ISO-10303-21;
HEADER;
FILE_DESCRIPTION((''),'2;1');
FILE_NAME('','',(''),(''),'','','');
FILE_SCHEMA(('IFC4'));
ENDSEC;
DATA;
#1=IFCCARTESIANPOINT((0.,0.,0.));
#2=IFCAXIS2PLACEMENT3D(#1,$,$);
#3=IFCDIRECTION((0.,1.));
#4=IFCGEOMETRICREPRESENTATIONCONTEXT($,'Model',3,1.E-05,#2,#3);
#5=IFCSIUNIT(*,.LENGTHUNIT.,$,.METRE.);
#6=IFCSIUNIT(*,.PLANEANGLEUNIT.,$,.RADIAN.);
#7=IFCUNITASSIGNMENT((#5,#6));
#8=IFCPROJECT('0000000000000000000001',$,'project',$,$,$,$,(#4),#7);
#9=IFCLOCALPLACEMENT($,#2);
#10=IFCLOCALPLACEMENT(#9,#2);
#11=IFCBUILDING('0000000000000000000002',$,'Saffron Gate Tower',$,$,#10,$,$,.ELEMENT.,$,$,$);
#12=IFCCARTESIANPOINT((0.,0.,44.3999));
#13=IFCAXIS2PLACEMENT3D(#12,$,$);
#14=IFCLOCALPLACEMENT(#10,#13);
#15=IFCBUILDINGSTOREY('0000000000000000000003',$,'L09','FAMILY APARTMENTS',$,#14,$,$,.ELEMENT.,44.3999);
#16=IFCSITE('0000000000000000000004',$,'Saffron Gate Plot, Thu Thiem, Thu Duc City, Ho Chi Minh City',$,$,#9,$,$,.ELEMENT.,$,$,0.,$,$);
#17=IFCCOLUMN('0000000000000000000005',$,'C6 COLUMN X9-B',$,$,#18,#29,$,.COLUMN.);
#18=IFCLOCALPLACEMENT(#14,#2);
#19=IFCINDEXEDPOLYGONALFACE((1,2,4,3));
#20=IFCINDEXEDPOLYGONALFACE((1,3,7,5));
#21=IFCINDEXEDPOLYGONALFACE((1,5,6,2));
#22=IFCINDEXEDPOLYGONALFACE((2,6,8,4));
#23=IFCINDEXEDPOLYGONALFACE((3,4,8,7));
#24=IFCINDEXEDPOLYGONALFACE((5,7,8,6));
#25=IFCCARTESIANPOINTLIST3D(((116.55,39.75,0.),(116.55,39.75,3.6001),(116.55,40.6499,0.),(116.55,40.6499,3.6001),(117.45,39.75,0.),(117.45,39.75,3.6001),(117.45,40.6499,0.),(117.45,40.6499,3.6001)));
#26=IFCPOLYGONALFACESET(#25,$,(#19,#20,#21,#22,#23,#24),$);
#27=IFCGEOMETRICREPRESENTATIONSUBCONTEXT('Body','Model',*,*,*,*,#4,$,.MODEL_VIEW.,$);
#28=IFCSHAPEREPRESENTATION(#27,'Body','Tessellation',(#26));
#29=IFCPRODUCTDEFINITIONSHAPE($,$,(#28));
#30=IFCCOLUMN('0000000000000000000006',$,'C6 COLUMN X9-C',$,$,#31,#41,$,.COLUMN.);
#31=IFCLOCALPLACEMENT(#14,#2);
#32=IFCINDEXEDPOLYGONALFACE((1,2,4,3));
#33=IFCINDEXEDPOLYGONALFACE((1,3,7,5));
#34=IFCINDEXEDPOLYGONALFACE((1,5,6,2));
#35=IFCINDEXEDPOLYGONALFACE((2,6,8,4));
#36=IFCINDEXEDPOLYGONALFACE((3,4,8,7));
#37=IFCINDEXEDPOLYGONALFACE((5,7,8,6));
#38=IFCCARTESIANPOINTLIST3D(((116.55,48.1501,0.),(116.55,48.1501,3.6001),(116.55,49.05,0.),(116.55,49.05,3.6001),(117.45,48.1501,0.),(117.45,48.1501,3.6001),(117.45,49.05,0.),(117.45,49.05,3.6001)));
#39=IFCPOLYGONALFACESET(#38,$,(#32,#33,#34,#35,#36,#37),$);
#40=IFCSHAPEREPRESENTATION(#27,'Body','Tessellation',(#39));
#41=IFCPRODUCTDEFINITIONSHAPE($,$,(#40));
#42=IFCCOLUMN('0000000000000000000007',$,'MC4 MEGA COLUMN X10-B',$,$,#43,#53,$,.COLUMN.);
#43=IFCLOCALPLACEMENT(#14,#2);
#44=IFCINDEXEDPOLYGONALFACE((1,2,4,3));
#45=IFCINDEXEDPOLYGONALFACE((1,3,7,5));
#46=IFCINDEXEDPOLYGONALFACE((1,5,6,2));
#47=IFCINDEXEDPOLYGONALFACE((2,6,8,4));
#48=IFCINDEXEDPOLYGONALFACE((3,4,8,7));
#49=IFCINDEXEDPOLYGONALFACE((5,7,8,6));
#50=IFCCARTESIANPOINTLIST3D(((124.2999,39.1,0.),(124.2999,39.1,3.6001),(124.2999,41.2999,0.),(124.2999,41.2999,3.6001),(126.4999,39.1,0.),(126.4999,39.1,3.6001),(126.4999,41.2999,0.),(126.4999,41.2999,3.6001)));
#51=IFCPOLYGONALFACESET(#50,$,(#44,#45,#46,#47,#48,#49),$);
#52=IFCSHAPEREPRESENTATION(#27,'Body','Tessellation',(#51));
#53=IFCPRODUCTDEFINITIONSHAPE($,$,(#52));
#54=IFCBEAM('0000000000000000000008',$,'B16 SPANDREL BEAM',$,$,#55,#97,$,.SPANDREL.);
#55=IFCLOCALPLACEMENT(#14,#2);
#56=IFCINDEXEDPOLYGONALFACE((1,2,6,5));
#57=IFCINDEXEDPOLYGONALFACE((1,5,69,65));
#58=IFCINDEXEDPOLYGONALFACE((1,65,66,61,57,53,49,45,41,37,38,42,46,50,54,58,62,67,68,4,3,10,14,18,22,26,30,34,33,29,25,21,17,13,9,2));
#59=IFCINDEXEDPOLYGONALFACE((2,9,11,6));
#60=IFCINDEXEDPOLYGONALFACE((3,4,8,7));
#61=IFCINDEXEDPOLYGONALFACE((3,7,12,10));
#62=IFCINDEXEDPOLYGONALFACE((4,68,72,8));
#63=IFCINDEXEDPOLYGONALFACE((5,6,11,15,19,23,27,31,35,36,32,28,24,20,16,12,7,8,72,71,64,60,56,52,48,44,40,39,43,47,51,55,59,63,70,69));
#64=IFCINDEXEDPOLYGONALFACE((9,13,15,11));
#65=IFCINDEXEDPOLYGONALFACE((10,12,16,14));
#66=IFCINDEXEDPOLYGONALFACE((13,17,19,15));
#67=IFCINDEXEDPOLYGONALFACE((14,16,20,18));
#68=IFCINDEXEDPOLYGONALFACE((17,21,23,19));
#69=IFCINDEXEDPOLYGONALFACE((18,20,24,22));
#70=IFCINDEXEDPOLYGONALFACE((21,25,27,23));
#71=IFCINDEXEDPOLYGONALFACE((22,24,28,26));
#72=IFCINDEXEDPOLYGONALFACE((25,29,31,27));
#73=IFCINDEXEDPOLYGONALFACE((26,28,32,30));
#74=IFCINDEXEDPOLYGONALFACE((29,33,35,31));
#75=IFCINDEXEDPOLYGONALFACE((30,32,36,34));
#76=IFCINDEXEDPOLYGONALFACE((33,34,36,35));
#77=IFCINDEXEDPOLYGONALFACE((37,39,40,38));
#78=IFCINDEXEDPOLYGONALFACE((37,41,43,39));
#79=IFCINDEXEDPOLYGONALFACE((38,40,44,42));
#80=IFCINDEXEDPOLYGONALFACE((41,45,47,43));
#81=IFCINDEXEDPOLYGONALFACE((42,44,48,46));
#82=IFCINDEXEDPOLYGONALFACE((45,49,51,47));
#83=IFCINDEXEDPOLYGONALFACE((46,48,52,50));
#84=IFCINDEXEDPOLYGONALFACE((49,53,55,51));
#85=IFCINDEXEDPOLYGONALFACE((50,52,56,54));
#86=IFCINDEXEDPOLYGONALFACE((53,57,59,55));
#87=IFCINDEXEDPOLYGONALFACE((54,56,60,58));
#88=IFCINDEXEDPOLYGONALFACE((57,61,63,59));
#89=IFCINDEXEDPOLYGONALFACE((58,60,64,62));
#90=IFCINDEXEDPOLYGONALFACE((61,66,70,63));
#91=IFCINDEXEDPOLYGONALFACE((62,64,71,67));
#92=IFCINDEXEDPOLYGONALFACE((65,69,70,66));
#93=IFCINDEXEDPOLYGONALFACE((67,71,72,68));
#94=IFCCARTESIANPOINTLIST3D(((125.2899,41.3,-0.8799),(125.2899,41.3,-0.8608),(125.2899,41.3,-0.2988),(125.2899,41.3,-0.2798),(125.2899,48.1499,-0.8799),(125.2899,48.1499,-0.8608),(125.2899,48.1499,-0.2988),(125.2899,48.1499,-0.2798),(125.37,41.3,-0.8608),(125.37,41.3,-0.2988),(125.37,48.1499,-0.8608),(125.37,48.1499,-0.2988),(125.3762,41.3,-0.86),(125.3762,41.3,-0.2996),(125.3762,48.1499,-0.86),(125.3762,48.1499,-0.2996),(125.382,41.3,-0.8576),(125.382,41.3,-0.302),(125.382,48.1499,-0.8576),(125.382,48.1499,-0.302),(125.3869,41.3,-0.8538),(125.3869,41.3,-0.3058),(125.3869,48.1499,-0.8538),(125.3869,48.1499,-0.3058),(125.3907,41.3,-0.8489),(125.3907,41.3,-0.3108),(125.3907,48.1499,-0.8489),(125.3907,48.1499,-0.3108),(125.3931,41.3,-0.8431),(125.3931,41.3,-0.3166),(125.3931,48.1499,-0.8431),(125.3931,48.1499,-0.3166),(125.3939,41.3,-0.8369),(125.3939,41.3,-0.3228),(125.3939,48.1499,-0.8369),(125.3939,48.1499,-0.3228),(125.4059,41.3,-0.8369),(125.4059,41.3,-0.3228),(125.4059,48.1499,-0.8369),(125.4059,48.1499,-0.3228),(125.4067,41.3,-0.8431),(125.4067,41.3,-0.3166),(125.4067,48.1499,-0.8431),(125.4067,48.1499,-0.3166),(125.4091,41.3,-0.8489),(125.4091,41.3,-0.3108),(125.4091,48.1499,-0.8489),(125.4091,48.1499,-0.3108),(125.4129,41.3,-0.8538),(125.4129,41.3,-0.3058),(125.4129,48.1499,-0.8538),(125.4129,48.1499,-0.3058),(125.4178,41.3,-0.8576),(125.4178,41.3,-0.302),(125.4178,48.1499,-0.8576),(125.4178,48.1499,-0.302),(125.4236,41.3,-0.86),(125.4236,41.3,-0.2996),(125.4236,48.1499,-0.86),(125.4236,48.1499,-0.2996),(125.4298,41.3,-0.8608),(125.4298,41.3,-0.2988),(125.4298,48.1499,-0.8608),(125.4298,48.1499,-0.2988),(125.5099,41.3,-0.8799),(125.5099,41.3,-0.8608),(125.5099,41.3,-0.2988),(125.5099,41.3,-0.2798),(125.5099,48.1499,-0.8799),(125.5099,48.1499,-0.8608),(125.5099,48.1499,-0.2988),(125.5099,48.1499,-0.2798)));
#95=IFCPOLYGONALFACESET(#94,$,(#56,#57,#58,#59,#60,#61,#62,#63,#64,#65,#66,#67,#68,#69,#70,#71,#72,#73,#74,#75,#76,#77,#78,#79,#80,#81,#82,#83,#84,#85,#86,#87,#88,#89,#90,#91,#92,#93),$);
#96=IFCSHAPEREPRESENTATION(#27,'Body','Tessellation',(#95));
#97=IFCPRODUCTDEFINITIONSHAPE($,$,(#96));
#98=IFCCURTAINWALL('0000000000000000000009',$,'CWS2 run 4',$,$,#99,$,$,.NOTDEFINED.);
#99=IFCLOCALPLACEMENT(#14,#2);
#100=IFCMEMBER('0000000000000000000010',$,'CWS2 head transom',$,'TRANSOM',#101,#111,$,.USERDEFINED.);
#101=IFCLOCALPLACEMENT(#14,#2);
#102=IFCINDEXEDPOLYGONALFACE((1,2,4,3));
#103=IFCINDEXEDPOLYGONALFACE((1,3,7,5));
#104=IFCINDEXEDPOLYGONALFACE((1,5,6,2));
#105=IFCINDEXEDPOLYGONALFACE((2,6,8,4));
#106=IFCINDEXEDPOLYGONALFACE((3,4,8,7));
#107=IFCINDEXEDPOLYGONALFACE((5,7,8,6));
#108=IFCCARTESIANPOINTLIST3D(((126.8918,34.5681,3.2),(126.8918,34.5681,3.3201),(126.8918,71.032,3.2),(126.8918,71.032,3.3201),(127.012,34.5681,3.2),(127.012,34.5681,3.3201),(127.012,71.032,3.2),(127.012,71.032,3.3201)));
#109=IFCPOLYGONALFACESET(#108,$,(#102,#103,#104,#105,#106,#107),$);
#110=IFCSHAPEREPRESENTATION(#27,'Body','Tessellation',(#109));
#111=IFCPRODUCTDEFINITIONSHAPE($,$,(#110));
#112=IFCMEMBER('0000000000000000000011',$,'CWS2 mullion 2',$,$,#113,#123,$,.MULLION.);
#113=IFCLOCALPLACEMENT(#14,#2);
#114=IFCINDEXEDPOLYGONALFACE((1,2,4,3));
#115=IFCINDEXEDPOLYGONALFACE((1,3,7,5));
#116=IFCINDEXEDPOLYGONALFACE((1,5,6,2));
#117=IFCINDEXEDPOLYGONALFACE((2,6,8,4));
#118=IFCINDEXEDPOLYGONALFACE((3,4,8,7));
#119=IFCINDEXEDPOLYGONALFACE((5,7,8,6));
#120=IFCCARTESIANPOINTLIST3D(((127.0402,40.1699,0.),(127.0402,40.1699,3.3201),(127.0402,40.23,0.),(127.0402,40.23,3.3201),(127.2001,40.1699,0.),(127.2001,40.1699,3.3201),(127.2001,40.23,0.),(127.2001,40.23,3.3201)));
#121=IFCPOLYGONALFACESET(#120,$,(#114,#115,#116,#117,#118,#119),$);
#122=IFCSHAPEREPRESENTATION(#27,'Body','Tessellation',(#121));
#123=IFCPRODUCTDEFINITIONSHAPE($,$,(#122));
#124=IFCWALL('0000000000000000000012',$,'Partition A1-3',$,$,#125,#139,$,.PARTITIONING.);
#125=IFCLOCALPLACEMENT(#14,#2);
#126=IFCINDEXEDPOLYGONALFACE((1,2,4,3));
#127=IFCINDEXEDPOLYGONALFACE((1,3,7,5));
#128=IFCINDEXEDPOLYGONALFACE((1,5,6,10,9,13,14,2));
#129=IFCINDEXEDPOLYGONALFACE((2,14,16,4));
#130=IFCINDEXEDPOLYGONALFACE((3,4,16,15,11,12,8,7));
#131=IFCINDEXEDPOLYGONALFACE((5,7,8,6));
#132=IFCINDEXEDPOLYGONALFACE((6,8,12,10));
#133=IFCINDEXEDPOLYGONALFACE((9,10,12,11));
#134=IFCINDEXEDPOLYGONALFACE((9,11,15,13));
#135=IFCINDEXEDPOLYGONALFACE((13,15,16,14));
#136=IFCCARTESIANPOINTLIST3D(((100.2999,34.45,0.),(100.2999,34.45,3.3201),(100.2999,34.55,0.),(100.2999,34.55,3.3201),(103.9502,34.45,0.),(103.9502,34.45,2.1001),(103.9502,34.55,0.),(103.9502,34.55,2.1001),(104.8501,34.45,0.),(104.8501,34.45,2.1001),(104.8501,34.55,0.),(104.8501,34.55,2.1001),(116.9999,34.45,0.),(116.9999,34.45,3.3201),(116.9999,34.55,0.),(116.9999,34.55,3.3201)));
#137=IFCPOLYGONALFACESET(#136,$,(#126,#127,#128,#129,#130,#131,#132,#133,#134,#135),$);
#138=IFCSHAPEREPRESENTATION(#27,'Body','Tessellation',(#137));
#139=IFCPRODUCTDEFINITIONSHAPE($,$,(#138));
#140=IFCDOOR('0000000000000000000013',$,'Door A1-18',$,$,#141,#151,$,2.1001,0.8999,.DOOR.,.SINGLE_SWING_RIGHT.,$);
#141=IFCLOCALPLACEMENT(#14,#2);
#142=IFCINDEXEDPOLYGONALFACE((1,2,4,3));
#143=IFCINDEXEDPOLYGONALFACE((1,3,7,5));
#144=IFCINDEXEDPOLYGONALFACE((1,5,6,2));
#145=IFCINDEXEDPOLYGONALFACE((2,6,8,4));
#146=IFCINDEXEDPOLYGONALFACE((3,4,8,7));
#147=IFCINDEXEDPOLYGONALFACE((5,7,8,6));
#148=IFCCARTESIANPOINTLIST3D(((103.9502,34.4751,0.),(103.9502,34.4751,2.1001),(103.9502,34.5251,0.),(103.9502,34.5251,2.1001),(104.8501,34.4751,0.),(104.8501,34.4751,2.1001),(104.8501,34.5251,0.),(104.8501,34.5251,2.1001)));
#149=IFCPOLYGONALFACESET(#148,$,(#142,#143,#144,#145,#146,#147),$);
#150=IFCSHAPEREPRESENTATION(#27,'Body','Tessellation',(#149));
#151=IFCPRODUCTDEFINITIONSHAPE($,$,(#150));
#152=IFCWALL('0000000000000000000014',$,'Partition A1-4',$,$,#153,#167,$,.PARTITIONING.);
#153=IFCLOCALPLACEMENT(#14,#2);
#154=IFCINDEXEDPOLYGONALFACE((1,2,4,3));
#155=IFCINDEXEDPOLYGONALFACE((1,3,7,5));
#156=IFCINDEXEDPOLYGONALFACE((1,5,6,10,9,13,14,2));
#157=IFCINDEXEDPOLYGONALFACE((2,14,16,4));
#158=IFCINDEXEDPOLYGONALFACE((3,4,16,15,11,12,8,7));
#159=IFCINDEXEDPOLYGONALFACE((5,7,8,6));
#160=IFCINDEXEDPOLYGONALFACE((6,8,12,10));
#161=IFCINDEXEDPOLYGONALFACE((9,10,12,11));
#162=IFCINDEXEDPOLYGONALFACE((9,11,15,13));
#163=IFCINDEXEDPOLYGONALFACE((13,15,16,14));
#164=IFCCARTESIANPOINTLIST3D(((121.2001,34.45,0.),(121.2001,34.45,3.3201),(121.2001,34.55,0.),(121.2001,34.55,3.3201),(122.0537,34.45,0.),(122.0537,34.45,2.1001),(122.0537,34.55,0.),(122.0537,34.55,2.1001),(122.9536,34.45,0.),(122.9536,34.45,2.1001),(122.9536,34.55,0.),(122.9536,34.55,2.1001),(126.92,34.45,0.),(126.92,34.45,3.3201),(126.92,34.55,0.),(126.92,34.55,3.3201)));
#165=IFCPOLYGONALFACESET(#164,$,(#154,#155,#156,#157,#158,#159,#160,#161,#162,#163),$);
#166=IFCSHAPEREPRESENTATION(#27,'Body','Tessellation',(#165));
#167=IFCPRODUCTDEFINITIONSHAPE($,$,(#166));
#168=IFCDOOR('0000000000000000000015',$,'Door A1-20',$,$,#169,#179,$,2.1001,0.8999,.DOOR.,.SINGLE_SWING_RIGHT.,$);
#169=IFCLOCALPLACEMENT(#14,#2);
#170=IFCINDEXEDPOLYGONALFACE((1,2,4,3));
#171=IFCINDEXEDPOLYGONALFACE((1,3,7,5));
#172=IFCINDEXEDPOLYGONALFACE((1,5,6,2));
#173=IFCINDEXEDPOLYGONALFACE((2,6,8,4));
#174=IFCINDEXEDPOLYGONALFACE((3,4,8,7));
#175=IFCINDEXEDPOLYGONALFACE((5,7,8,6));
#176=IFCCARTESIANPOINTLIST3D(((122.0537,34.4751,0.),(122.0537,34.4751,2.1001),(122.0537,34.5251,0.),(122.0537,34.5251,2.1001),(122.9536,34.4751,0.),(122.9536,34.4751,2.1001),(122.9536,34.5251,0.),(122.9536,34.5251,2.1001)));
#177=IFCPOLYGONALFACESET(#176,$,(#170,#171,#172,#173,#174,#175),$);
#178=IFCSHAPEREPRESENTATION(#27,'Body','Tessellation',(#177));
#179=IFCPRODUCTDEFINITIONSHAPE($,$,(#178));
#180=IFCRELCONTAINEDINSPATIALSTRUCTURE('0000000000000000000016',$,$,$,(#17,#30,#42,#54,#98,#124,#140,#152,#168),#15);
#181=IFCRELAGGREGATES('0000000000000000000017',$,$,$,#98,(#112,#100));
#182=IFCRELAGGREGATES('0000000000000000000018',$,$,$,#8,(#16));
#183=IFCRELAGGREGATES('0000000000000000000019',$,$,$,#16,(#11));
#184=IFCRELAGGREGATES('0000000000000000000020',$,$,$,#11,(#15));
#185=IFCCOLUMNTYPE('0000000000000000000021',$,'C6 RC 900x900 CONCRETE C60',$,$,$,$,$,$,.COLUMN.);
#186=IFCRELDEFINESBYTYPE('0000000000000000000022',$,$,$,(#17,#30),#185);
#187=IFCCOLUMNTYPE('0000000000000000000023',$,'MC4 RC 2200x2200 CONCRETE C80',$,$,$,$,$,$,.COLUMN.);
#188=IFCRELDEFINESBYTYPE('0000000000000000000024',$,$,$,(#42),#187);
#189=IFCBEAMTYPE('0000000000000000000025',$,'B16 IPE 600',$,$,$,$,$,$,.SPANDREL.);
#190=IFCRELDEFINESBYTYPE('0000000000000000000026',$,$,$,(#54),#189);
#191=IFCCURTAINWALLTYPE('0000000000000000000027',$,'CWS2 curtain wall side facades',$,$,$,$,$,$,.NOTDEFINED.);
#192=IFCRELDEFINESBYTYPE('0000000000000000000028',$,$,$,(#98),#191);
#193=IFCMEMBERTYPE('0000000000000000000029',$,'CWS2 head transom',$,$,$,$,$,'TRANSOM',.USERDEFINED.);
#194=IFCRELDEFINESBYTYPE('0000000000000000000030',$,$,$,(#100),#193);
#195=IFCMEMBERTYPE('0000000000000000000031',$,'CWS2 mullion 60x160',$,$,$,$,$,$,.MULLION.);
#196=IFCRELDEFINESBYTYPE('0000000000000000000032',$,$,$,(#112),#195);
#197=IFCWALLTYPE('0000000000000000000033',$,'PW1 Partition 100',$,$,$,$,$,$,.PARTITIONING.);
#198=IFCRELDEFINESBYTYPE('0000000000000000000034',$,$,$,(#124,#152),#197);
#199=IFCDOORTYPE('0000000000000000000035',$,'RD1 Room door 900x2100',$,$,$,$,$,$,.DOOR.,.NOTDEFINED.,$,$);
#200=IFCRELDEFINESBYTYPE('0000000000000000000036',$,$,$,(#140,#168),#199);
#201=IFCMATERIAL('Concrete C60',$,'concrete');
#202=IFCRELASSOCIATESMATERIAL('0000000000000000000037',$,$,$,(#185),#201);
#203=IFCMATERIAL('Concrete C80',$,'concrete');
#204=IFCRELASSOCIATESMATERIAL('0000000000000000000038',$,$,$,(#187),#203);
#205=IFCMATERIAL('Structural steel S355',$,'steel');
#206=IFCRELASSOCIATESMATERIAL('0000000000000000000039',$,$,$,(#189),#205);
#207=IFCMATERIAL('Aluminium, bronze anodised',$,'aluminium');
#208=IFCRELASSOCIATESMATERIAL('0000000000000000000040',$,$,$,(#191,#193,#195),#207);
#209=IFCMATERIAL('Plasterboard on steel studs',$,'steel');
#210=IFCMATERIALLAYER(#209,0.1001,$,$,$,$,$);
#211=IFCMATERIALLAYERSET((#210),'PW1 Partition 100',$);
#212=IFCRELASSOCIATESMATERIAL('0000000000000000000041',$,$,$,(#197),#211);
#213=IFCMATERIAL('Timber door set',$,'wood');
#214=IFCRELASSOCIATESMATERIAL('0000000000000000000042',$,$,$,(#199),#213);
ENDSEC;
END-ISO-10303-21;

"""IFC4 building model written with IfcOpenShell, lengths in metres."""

from ifc_helpers import new_model, si_unit, direction, frame, frame_2d, origin, origin_2d, place, context, subcontext, project, spatial, rectangle, i_section, extrude, material, layer, layer_set, material_profile, profile_set, type_object, element, fill, aggregate, save


model = new_model("IFC4")

# Units and contexts
model_context = context("Model", 3, precision=1e-05, world=origin(), true_north=direction((0.0, 1.0)))
body_context = subcontext(model_context, "Body", "Model", "MODEL_VIEW")
ifc_project = project(units=[si_unit("LENGTHUNIT", "METRE"), si_unit("PLANEANGLEUNIT", "RADIAN")], contexts=[model_context])

# Site, building, storey
site_placement = place(None, origin())
site = spatial("IfcSite", under=ifc_project, at=site_placement, Name="Saffron Gate Plot, Thu Thiem, Thu Duc City, Ho Chi Minh City", CompositionType="ELEMENT", RefElevation=0.0)
building_placement = place(site_placement, origin())
building = spatial("IfcBuilding", under=site, at=building_placement, Name="Saffron Gate Tower", CompositionType="ELEMENT")
storey_placement = place(building_placement, frame((0.0, 0.0, 44.3999)))
storey = spatial("IfcBuildingStorey", under=building, at=storey_placement, Name="L09", Description="FAMILY APARTMENTS", CompositionType="ELEMENT", Elevation=44.3999)

# Columns
ifc_material_1 = material(Name="Concrete C60", Category="concrete")
ifc_material_profile_1 = material_profile(ifc_material_1, rectangle(XDim=0.8999, YDim=0.8999, at=origin_2d()))
ifc_profile_set_1 = profile_set([ifc_material_profile_1], Name="Concrete C60")
column_type_1 = type_object("IfcColumnType", Name="C6 RC 900x900 CONCRETE C60", PredefinedType="COLUMN", material=ifc_profile_set_1)
for number, where, z_axis, x_axis, name in (
    (1, (117.0, 40.2, 0.0), (0.0, 0.0, 1.0), (1.0, 0.0, 0.0), "C6 COLUMN X9-B"),
    (2, (117.0, 48.6001, 0.0), (0.0, 0.0, 1.0), (1.0, 0.0, 0.0), "C6 COLUMN X9-C"),
):
    element("IfcColumn", number, at=place(storey_placement, frame(where, z_axis=z_axis, x_axis=x_axis)), inside=storey, type_object=column_type_1, Name=name, PredefinedType="COLUMN", context=body_context, shape_type="SweptSolid", body=[
        extrude(rectangle(XDim=0.8999, YDim=0.8999, at=origin_2d()), origin(), (0.0, 0.0, 1.0), 3.6001),
    ])
ifc_material_2 = material(Name="Concrete C80", Category="concrete")
ifc_material_profile_2 = material_profile(ifc_material_2, rectangle(XDim=2.2, YDim=2.2, at=origin_2d()))
ifc_profile_set_2 = profile_set([ifc_material_profile_2], Name="Concrete C80")
column_type_2 = type_object("IfcColumnType", Name="MC4 RC 2200x2200 CONCRETE C80", PredefinedType="COLUMN", material=ifc_profile_set_2)
column_placement = place(storey_placement, frame((125.3999, 40.2, 0.0), z_axis=(0.0, 0.0, 1.0), x_axis=(1.0, 0.0, 0.0)))
element("IfcColumn", 3, at=column_placement, inside=storey, type_object=column_type_2, Name="MC4 MEGA COLUMN X10-B", PredefinedType="COLUMN", context=body_context, shape_type="SweptSolid", body=[
    extrude(rectangle(XDim=2.2, YDim=2.2, at=origin_2d()), origin(), (0.0, 0.0, 1.0), 3.6001),
])

# Beam
ifc_material_3 = material(Name="Structural steel S355", Category="steel")
ifc_material_profile_3 = material_profile(ifc_material_3, i_section(OverallWidth=0.22, OverallDepth=0.6001, WebThickness=0.012, FlangeThickness=0.019, FilletRadius=0.0239, at=origin_2d()))
ifc_profile_set_3 = profile_set([ifc_material_profile_3], Name="Structural steel S355")
beam_type = type_object("IfcBeamType", Name="B16 IPE 600", PredefinedType="SPANDREL", material=ifc_profile_set_3)
beam_placement = place(storey_placement, frame((125.3999, 41.3, -0.5798), z_axis=(0.0, 1.0, 0.0), x_axis=(-1.0, 0.0, 0.0)))
element("IfcBeam", 4, at=beam_placement, inside=storey, type_object=beam_type, Name="B16 SPANDREL BEAM", PredefinedType="SPANDREL", context=body_context, shape_type="SweptSolid", body=[
    extrude(i_section(OverallWidth=0.22, OverallDepth=0.6001, WebThickness=0.012, FlangeThickness=0.019, FilletRadius=0.0239, at=origin_2d()), origin(), (0.0, 0.0, 1.0), 6.8499),
])

# Curtain wall, members
ifc_material_4 = material(Name="Aluminium, bronze anodised", Category="aluminium")
curtain_wall_type = type_object("IfcCurtainWallType", Name="CWS2 curtain wall side facades", PredefinedType="NOTDEFINED", material=ifc_material_4)
curtain_wall_placement = place(storey_placement, origin())
curtain_wall = element("IfcCurtainWall", 5, at=curtain_wall_placement, inside=storey, type_object=curtain_wall_type, Name="CWS2 run 4", PredefinedType="NOTDEFINED")
ifc_material_profile_4 = material_profile(ifc_material_4, rectangle(XDim=0.1201, YDim=0.1201, at=origin_2d()))
ifc_profile_set_4 = profile_set([ifc_material_profile_4], Name="Aluminium, bronze anodised")
member_type_1 = type_object("IfcMemberType", Name="CWS2 head transom", ElementType="TRANSOM", PredefinedType="USERDEFINED", material=ifc_profile_set_4)
member_1_placement = place(storey_placement, frame((126.9519, 34.5681, 3.26), z_axis=(0.0, 1.0, 0.0), x_axis=(-1.0, 0.0, 0.0)))
member_1 = element("IfcMember", 6, at=member_1_placement, type_object=member_type_1, Name="CWS2 head transom", ObjectType="TRANSOM", PredefinedType="USERDEFINED", context=body_context, shape_type="SweptSolid", body=[
    extrude(rectangle(XDim=0.1201, YDim=0.1201, at=origin_2d()), origin(), (0.0, 0.0, 1.0), 36.4639),
])
ifc_material_profile_5 = material_profile(ifc_material_4, rectangle(XDim=0.1599, YDim=0.0601, at=origin_2d()))
ifc_profile_set_5 = profile_set([ifc_material_profile_5], Name="Aluminium, bronze anodised")
member_type_2 = type_object("IfcMemberType", Name="CWS2 mullion 60x160", PredefinedType="MULLION", material=ifc_profile_set_5)
member_2_placement = place(storey_placement, frame((127.1201, 40.2, 0.0), z_axis=(0.0, 0.0, 1.0), x_axis=(-1.0, 0.0, 0.0)))
member_2 = element("IfcMember", 7, at=member_2_placement, type_object=member_type_2, Name="CWS2 mullion 2", PredefinedType="MULLION", context=body_context, shape_type="SweptSolid", body=[
    extrude(rectangle(XDim=0.1599, YDim=0.0601, at=origin_2d()), origin(), (0.0, 0.0, 1.0), 3.3201),
])
aggregate(curtain_wall, [member_2, member_1])

# Walls, openings, doors
ifc_material_5 = material(Name="Plasterboard on steel studs", Category="steel")
ifc_layer_1 = layer(ifc_material_5, 0.1001)
ifc_layer_set_1 = layer_set([ifc_layer_1], Name="PW1 Partition 100")
wall_type_1 = type_object("IfcWallType", Name="PW1 Partition 100", PredefinedType="PARTITIONING", material=ifc_layer_set_1)
wall_1_placement = place(storey_placement, frame((117.0, 34.5, 0.0), z_axis=(0.0, 0.0, 1.0), x_axis=(-1.0, 0.0, 0.0)))
wall_1 = element("IfcWall", 8, at=wall_1_placement, inside=storey, type_object=wall_type_1, Name="Partition A1-3", PredefinedType="PARTITIONING", context=body_context, shape_type="SweptSolid", body=[
    extrude(rectangle(XDim=16.7, YDim=0.1001, at=frame_2d((8.3501, 0.0))), origin(), (0.0, 0.0, 1.0), 3.3201),
])
opening_1_placement = place(wall_1_placement, frame((12.1499, 0.0, 0.0)))
opening_1 = element("IfcOpeningElement", 9, at=opening_1_placement, cuts=wall_1, PredefinedType="OPENING", context=body_context, shape_type="SweptSolid", body=[
    extrude(rectangle(XDim=0.8999, YDim=2.1001, at=frame_2d((0.45, 1.05))), frame((0.0, 0.0601, 0.0), z_axis=(0.0, -1.0, 0.0), x_axis=(1.0, 0.0, 0.0)), (0.0, 0.0, 1.0), 0.1201),
])
ifc_material_6 = material(Name="Timber door set", Category="wood")
door_type_1 = type_object("IfcDoorType", Name="RD1 Room door 900x2100", OperationType="NOTDEFINED", PredefinedType="DOOR", material=ifc_material_6)
door_1_placement = place(opening_1_placement, origin())
door_1 = element("IfcDoor", 10, at=door_1_placement, inside=storey, type_object=door_type_1, Name="Door A1-18", OperationType="SINGLE_SWING_RIGHT", OverallHeight=2.1001, OverallWidth=0.8999, PredefinedType="DOOR", context=body_context, shape_type="SweptSolid", body=[
    extrude(rectangle(XDim=0.8999, YDim=2.1001, at=frame_2d((0.45, 1.05))), frame((0.0, 0.0249, 0.0), z_axis=(0.0, -1.0, 0.0), x_axis=(1.0, 0.0, 0.0)), (0.0, 0.0, 1.0), 0.05),
])
fill(opening_1, door_1)
wall_2_placement = place(storey_placement, frame((126.9199, 34.5, 0.0), z_axis=(0.0, 0.0, 1.0), x_axis=(-1.0, 0.0, 0.0)))
wall_2 = element("IfcWall", 11, at=wall_2_placement, inside=storey, type_object=wall_type_1, Name="Partition A1-4", PredefinedType="PARTITIONING", context=body_context, shape_type="SweptSolid", body=[
    extrude(rectangle(XDim=5.72, YDim=0.1001, at=frame_2d((2.8599, 0.0))), origin(), (0.0, 0.0, 1.0), 3.3201),
])
opening_2_placement = place(wall_2_placement, frame((3.9663, 0.0, 0.0)))
opening_2 = element("IfcOpeningElement", 12, at=opening_2_placement, cuts=wall_2, PredefinedType="OPENING", context=body_context, shape_type="SweptSolid", body=[
    extrude(rectangle(XDim=0.8999, YDim=2.1001, at=frame_2d((0.45, 1.05))), frame((0.0, 0.0601, 0.0), z_axis=(0.0, -1.0, 0.0), x_axis=(1.0, 0.0, 0.0)), (0.0, 0.0, 1.0), 0.1201),
])
door_2_placement = place(opening_2_placement, origin())
door_2 = element("IfcDoor", 13, at=door_2_placement, inside=storey, type_object=door_type_1, Name="Door A1-20", OperationType="SINGLE_SWING_RIGHT", OverallHeight=2.1001, OverallWidth=0.8999, PredefinedType="DOOR", context=body_context, shape_type="SweptSolid", body=[
    extrude(rectangle(XDim=0.8999, YDim=2.1001, at=frame_2d((0.45, 1.05))), frame((0.0, 0.0249, 0.0), z_axis=(0.0, -1.0, 0.0), x_axis=(1.0, 0.0, 0.0)), (0.0, 0.0, 1.0), 0.05),
])
fill(opening_2, door_2)

save(model, "model.ifc")
